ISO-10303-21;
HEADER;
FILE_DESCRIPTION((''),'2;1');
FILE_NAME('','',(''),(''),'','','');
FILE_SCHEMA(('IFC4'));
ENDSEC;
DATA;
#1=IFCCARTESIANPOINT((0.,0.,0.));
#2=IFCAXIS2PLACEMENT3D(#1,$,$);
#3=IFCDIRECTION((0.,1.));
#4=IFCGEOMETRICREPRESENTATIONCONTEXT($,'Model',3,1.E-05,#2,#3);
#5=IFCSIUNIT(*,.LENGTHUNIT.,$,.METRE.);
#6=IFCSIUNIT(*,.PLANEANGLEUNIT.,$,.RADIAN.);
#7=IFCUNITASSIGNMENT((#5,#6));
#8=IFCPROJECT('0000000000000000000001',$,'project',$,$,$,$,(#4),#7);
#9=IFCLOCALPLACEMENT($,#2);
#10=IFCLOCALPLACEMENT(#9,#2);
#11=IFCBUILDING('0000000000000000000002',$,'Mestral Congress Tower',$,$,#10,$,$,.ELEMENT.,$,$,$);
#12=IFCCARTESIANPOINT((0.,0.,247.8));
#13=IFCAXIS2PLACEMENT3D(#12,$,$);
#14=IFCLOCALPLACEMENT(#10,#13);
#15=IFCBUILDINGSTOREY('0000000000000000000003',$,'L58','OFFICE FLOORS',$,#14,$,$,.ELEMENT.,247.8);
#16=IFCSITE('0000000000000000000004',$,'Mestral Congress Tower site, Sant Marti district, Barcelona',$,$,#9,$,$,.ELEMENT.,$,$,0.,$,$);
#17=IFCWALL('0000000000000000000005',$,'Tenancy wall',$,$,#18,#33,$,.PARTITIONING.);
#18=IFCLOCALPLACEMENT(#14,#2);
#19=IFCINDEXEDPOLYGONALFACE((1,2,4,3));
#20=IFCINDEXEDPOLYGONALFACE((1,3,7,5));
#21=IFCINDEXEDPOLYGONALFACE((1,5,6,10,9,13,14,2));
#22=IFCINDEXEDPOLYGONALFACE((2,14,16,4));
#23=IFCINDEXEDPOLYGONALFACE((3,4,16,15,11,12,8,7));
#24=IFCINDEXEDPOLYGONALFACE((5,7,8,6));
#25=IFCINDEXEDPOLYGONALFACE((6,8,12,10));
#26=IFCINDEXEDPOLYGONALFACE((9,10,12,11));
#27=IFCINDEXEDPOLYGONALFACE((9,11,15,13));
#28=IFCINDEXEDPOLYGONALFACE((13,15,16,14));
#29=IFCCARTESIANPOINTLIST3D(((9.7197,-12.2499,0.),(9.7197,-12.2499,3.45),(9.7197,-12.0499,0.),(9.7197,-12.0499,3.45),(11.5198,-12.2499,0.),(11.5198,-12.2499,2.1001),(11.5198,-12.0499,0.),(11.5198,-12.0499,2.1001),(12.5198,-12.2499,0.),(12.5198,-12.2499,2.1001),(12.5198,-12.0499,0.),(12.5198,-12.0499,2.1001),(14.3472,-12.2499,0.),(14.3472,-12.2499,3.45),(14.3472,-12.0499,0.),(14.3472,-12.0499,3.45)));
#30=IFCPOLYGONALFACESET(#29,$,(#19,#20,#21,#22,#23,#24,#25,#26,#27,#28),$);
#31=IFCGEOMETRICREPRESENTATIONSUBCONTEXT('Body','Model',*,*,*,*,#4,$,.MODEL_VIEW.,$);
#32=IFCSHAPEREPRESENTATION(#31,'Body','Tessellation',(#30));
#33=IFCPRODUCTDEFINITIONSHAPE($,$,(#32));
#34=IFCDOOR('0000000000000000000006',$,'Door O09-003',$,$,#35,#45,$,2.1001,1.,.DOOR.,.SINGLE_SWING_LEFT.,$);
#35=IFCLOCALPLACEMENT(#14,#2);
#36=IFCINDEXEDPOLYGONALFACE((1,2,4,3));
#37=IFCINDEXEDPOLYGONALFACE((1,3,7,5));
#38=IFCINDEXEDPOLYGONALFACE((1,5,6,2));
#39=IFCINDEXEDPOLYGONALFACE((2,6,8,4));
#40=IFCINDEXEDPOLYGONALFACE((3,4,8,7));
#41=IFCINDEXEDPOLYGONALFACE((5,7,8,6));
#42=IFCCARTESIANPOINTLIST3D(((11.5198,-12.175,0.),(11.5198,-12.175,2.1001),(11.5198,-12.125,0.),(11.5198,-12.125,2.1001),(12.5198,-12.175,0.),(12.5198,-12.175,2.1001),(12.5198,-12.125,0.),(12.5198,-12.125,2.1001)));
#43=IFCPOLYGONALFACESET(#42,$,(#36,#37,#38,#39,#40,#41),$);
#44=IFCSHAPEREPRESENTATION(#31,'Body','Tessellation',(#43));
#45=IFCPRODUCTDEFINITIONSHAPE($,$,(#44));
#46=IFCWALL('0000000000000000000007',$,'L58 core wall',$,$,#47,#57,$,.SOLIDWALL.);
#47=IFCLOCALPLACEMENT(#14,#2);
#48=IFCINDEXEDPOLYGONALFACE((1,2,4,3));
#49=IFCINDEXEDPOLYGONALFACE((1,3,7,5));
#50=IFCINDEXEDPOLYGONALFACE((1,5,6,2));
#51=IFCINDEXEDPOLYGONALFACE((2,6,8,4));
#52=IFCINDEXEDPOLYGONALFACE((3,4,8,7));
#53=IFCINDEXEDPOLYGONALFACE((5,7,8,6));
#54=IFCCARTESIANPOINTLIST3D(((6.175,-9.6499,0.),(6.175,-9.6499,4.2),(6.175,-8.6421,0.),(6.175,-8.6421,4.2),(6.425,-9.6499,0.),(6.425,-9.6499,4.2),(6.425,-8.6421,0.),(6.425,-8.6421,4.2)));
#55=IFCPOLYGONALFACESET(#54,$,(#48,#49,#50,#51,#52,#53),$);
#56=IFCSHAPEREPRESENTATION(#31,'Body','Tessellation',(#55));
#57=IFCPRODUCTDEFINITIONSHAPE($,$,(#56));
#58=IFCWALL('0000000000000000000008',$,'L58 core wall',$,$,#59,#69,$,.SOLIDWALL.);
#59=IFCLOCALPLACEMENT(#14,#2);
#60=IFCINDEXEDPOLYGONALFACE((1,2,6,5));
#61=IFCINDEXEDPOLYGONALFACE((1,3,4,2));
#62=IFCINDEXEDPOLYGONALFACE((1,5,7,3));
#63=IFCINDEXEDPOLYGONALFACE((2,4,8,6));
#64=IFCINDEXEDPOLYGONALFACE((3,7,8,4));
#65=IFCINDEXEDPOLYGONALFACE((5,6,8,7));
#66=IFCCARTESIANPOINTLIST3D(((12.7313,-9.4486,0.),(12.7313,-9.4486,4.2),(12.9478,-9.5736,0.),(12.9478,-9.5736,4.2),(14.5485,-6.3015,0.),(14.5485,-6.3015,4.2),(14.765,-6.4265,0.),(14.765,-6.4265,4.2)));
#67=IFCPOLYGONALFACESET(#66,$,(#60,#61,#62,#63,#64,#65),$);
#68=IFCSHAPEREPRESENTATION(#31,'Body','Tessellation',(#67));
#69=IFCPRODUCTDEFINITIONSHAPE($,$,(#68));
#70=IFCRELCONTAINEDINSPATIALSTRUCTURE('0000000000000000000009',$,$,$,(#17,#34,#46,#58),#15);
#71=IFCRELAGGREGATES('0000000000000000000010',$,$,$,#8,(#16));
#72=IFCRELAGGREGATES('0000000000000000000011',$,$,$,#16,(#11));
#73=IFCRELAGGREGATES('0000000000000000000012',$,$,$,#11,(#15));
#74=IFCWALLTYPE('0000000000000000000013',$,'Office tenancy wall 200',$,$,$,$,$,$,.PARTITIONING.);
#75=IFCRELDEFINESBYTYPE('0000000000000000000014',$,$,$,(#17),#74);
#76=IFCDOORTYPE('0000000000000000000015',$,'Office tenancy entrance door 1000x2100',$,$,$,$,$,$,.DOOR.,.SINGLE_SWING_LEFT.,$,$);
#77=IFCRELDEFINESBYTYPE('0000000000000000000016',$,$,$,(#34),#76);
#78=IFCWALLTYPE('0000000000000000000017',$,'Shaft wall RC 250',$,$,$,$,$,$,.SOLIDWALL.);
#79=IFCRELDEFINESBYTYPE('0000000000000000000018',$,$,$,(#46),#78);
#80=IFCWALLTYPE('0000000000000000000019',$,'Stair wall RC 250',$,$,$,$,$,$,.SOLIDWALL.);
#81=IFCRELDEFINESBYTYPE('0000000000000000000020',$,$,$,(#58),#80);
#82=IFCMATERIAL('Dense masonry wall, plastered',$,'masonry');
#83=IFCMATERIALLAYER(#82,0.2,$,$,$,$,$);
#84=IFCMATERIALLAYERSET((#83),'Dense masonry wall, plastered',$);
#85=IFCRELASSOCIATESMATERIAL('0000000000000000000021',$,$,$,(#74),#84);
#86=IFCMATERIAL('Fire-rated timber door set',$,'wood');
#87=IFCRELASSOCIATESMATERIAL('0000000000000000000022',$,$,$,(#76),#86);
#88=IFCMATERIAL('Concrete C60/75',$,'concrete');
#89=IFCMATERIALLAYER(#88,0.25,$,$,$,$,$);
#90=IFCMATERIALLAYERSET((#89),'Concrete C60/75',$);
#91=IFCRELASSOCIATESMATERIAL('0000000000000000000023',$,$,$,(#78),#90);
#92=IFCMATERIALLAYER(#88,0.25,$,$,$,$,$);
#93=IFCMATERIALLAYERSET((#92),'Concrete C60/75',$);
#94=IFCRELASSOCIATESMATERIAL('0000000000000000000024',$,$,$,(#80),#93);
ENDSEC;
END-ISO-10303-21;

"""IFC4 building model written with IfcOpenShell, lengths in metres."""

from ifc_helpers import new_model, si_unit, direction, frame, frame_2d, origin, place, context, subcontext, project, spatial, rectangle, extrude, material, layer, layer_set, type_object, element, fill, save


model = new_model("IFC4")

# Units and contexts
model_context = context("Model", 3, precision=1e-05, world=origin(), true_north=direction((0.0, 1.0)))
body_context = subcontext(model_context, "Body", "Model", "MODEL_VIEW")
ifc_project = project(units=[si_unit("LENGTHUNIT", "METRE"), si_unit("PLANEANGLEUNIT", "RADIAN")], contexts=[model_context])

# Site, building, storey
site_placement = place(None, origin())
site = spatial("IfcSite", under=ifc_project, at=site_placement, Name="Mestral Congress Tower site, Sant Marti district, Barcelona", CompositionType="ELEMENT", RefElevation=0.0)
building_placement = place(site_placement, origin())
building = spatial("IfcBuilding", under=site, at=building_placement, Name="Mestral Congress Tower", CompositionType="ELEMENT")
storey_placement = place(building_placement, frame((0.0, 0.0, 247.8)))
storey = spatial("IfcBuildingStorey", under=building, at=storey_placement, Name="L58", Description="OFFICE FLOORS", CompositionType="ELEMENT", Elevation=247.8)

# Shared definitions
ifc_material_1 = material(Name="Concrete C60/75", Category="concrete")

# Shared definitions
ifc_material_2 = material(Name="Dense masonry wall, plastered", Category="masonry")
ifc_layer_1 = layer(ifc_material_2, 0.2)
ifc_layer_set_1 = layer_set([ifc_layer_1], Name="Dense masonry wall, plastered")
wall_type_1 = type_object("IfcWallType", Name="Office tenancy wall 200", PredefinedType="PARTITIONING", material=ifc_layer_set_1)

# Wall, opening, door
wall_1_placement = place(storey_placement, frame((9.7197, -12.1499, 0.0), z_axis=(0.0, 0.0, 1.0), x_axis=(1.0, 0.0, 0.0)))
wall_1 = element("IfcWall", 1, at=wall_1_placement, inside=storey, type_object=wall_type_1, Name="Tenancy wall", PredefinedType="PARTITIONING", context=body_context, shape_type="SweptSolid", body=[
    extrude(rectangle(XDim=4.6274, YDim=0.2, at=frame_2d((2.3137, 0.0))), origin(), (0.0, 0.0, 1.0), 3.45),
])
opening_1_placement = place(wall_1_placement, frame((1.8, 0.0, 0.0)))
opening_1 = element("IfcOpeningElement", 2, at=opening_1_placement, cuts=wall_1, PredefinedType="OPENING", context=body_context, shape_type="SweptSolid", body=[
    extrude(rectangle(XDim=1.0, YDim=2.1001, at=frame_2d((0.5, 1.05))), frame((0.0, 0.1099, 0.0), z_axis=(0.0, -1.0, 0.0), x_axis=(1.0, 0.0, 0.0)), (0.0, 0.0, 1.0), 0.22),
])
ifc_material_3 = material(Name="Fire-rated timber door set", Category="wood")
door_type_1 = type_object("IfcDoorType", Name="Office tenancy entrance door 1000x2100", OperationType="SINGLE_SWING_LEFT", PredefinedType="DOOR", material=ifc_material_3)
door_1_placement = place(opening_1_placement, origin())
door_1 = element("IfcDoor", 3, at=door_1_placement, inside=storey, type_object=door_type_1, Name="Door O09-003", OperationType="SINGLE_SWING_LEFT", OverallHeight=2.1001, OverallWidth=1.0, PredefinedType="DOOR", context=body_context, shape_type="SweptSolid", body=[
    extrude(rectangle(XDim=1.0, YDim=2.1001, at=frame_2d((0.5, 1.05))), frame((0.0, 0.0249, 0.0), z_axis=(0.0, -1.0, 0.0), x_axis=(1.0, 0.0, 0.0)), (0.0, 0.0, 1.0), 0.05),
])
fill(opening_1, door_1)

# Walls
ifc_layer_2 = layer(ifc_material_1, 0.25)
ifc_layer_set_2 = layer_set([ifc_layer_2], Name="Concrete C60/75")
wall_type_2 = type_object("IfcWallType", Name="Shaft wall RC 250", PredefinedType="SOLIDWALL", material=ifc_layer_set_2)
wall_2_placement = place(storey_placement, frame((6.3, -9.6499, 0.0), z_axis=(0.0, 0.0, 1.0), x_axis=(0.0, 1.0, 0.0)))
element("IfcWall", 4, at=wall_2_placement, inside=storey, type_object=wall_type_2, Name="L58 core wall", PredefinedType="SOLIDWALL", context=body_context, shape_type="SweptSolid", body=[
    extrude(rectangle(XDim=1.0078, YDim=0.25, at=frame_2d((0.5039, 0.0))), origin(), (0.0, 0.0, 1.0), 4.2),
])
ifc_layer_3 = layer(ifc_material_1, 0.25)
ifc_layer_set_3 = layer_set([ifc_layer_3], Name="Concrete C60/75")
wall_type_3 = type_object("IfcWallType", Name="Stair wall RC 250", PredefinedType="SOLIDWALL", material=ifc_layer_set_3)
wall_3_placement = place(storey_placement, frame((12.8396, -9.511, 0.0), z_axis=(0.0, 0.0, 1.0), x_axis=(0.500048, 0.865998, 0.0)))
element("IfcWall", 5, at=wall_3_placement, inside=storey, type_object=wall_type_3, Name="L58 core wall", PredefinedType="SOLIDWALL", context=body_context, shape_type="SweptSolid", body=[
    extrude(rectangle(XDim=3.634, YDim=0.25, at=frame_2d((1.8169, 0.0))), origin(), (0.0, 0.0, 1.0), 4.2),
])

save(model, "model.ifc")
